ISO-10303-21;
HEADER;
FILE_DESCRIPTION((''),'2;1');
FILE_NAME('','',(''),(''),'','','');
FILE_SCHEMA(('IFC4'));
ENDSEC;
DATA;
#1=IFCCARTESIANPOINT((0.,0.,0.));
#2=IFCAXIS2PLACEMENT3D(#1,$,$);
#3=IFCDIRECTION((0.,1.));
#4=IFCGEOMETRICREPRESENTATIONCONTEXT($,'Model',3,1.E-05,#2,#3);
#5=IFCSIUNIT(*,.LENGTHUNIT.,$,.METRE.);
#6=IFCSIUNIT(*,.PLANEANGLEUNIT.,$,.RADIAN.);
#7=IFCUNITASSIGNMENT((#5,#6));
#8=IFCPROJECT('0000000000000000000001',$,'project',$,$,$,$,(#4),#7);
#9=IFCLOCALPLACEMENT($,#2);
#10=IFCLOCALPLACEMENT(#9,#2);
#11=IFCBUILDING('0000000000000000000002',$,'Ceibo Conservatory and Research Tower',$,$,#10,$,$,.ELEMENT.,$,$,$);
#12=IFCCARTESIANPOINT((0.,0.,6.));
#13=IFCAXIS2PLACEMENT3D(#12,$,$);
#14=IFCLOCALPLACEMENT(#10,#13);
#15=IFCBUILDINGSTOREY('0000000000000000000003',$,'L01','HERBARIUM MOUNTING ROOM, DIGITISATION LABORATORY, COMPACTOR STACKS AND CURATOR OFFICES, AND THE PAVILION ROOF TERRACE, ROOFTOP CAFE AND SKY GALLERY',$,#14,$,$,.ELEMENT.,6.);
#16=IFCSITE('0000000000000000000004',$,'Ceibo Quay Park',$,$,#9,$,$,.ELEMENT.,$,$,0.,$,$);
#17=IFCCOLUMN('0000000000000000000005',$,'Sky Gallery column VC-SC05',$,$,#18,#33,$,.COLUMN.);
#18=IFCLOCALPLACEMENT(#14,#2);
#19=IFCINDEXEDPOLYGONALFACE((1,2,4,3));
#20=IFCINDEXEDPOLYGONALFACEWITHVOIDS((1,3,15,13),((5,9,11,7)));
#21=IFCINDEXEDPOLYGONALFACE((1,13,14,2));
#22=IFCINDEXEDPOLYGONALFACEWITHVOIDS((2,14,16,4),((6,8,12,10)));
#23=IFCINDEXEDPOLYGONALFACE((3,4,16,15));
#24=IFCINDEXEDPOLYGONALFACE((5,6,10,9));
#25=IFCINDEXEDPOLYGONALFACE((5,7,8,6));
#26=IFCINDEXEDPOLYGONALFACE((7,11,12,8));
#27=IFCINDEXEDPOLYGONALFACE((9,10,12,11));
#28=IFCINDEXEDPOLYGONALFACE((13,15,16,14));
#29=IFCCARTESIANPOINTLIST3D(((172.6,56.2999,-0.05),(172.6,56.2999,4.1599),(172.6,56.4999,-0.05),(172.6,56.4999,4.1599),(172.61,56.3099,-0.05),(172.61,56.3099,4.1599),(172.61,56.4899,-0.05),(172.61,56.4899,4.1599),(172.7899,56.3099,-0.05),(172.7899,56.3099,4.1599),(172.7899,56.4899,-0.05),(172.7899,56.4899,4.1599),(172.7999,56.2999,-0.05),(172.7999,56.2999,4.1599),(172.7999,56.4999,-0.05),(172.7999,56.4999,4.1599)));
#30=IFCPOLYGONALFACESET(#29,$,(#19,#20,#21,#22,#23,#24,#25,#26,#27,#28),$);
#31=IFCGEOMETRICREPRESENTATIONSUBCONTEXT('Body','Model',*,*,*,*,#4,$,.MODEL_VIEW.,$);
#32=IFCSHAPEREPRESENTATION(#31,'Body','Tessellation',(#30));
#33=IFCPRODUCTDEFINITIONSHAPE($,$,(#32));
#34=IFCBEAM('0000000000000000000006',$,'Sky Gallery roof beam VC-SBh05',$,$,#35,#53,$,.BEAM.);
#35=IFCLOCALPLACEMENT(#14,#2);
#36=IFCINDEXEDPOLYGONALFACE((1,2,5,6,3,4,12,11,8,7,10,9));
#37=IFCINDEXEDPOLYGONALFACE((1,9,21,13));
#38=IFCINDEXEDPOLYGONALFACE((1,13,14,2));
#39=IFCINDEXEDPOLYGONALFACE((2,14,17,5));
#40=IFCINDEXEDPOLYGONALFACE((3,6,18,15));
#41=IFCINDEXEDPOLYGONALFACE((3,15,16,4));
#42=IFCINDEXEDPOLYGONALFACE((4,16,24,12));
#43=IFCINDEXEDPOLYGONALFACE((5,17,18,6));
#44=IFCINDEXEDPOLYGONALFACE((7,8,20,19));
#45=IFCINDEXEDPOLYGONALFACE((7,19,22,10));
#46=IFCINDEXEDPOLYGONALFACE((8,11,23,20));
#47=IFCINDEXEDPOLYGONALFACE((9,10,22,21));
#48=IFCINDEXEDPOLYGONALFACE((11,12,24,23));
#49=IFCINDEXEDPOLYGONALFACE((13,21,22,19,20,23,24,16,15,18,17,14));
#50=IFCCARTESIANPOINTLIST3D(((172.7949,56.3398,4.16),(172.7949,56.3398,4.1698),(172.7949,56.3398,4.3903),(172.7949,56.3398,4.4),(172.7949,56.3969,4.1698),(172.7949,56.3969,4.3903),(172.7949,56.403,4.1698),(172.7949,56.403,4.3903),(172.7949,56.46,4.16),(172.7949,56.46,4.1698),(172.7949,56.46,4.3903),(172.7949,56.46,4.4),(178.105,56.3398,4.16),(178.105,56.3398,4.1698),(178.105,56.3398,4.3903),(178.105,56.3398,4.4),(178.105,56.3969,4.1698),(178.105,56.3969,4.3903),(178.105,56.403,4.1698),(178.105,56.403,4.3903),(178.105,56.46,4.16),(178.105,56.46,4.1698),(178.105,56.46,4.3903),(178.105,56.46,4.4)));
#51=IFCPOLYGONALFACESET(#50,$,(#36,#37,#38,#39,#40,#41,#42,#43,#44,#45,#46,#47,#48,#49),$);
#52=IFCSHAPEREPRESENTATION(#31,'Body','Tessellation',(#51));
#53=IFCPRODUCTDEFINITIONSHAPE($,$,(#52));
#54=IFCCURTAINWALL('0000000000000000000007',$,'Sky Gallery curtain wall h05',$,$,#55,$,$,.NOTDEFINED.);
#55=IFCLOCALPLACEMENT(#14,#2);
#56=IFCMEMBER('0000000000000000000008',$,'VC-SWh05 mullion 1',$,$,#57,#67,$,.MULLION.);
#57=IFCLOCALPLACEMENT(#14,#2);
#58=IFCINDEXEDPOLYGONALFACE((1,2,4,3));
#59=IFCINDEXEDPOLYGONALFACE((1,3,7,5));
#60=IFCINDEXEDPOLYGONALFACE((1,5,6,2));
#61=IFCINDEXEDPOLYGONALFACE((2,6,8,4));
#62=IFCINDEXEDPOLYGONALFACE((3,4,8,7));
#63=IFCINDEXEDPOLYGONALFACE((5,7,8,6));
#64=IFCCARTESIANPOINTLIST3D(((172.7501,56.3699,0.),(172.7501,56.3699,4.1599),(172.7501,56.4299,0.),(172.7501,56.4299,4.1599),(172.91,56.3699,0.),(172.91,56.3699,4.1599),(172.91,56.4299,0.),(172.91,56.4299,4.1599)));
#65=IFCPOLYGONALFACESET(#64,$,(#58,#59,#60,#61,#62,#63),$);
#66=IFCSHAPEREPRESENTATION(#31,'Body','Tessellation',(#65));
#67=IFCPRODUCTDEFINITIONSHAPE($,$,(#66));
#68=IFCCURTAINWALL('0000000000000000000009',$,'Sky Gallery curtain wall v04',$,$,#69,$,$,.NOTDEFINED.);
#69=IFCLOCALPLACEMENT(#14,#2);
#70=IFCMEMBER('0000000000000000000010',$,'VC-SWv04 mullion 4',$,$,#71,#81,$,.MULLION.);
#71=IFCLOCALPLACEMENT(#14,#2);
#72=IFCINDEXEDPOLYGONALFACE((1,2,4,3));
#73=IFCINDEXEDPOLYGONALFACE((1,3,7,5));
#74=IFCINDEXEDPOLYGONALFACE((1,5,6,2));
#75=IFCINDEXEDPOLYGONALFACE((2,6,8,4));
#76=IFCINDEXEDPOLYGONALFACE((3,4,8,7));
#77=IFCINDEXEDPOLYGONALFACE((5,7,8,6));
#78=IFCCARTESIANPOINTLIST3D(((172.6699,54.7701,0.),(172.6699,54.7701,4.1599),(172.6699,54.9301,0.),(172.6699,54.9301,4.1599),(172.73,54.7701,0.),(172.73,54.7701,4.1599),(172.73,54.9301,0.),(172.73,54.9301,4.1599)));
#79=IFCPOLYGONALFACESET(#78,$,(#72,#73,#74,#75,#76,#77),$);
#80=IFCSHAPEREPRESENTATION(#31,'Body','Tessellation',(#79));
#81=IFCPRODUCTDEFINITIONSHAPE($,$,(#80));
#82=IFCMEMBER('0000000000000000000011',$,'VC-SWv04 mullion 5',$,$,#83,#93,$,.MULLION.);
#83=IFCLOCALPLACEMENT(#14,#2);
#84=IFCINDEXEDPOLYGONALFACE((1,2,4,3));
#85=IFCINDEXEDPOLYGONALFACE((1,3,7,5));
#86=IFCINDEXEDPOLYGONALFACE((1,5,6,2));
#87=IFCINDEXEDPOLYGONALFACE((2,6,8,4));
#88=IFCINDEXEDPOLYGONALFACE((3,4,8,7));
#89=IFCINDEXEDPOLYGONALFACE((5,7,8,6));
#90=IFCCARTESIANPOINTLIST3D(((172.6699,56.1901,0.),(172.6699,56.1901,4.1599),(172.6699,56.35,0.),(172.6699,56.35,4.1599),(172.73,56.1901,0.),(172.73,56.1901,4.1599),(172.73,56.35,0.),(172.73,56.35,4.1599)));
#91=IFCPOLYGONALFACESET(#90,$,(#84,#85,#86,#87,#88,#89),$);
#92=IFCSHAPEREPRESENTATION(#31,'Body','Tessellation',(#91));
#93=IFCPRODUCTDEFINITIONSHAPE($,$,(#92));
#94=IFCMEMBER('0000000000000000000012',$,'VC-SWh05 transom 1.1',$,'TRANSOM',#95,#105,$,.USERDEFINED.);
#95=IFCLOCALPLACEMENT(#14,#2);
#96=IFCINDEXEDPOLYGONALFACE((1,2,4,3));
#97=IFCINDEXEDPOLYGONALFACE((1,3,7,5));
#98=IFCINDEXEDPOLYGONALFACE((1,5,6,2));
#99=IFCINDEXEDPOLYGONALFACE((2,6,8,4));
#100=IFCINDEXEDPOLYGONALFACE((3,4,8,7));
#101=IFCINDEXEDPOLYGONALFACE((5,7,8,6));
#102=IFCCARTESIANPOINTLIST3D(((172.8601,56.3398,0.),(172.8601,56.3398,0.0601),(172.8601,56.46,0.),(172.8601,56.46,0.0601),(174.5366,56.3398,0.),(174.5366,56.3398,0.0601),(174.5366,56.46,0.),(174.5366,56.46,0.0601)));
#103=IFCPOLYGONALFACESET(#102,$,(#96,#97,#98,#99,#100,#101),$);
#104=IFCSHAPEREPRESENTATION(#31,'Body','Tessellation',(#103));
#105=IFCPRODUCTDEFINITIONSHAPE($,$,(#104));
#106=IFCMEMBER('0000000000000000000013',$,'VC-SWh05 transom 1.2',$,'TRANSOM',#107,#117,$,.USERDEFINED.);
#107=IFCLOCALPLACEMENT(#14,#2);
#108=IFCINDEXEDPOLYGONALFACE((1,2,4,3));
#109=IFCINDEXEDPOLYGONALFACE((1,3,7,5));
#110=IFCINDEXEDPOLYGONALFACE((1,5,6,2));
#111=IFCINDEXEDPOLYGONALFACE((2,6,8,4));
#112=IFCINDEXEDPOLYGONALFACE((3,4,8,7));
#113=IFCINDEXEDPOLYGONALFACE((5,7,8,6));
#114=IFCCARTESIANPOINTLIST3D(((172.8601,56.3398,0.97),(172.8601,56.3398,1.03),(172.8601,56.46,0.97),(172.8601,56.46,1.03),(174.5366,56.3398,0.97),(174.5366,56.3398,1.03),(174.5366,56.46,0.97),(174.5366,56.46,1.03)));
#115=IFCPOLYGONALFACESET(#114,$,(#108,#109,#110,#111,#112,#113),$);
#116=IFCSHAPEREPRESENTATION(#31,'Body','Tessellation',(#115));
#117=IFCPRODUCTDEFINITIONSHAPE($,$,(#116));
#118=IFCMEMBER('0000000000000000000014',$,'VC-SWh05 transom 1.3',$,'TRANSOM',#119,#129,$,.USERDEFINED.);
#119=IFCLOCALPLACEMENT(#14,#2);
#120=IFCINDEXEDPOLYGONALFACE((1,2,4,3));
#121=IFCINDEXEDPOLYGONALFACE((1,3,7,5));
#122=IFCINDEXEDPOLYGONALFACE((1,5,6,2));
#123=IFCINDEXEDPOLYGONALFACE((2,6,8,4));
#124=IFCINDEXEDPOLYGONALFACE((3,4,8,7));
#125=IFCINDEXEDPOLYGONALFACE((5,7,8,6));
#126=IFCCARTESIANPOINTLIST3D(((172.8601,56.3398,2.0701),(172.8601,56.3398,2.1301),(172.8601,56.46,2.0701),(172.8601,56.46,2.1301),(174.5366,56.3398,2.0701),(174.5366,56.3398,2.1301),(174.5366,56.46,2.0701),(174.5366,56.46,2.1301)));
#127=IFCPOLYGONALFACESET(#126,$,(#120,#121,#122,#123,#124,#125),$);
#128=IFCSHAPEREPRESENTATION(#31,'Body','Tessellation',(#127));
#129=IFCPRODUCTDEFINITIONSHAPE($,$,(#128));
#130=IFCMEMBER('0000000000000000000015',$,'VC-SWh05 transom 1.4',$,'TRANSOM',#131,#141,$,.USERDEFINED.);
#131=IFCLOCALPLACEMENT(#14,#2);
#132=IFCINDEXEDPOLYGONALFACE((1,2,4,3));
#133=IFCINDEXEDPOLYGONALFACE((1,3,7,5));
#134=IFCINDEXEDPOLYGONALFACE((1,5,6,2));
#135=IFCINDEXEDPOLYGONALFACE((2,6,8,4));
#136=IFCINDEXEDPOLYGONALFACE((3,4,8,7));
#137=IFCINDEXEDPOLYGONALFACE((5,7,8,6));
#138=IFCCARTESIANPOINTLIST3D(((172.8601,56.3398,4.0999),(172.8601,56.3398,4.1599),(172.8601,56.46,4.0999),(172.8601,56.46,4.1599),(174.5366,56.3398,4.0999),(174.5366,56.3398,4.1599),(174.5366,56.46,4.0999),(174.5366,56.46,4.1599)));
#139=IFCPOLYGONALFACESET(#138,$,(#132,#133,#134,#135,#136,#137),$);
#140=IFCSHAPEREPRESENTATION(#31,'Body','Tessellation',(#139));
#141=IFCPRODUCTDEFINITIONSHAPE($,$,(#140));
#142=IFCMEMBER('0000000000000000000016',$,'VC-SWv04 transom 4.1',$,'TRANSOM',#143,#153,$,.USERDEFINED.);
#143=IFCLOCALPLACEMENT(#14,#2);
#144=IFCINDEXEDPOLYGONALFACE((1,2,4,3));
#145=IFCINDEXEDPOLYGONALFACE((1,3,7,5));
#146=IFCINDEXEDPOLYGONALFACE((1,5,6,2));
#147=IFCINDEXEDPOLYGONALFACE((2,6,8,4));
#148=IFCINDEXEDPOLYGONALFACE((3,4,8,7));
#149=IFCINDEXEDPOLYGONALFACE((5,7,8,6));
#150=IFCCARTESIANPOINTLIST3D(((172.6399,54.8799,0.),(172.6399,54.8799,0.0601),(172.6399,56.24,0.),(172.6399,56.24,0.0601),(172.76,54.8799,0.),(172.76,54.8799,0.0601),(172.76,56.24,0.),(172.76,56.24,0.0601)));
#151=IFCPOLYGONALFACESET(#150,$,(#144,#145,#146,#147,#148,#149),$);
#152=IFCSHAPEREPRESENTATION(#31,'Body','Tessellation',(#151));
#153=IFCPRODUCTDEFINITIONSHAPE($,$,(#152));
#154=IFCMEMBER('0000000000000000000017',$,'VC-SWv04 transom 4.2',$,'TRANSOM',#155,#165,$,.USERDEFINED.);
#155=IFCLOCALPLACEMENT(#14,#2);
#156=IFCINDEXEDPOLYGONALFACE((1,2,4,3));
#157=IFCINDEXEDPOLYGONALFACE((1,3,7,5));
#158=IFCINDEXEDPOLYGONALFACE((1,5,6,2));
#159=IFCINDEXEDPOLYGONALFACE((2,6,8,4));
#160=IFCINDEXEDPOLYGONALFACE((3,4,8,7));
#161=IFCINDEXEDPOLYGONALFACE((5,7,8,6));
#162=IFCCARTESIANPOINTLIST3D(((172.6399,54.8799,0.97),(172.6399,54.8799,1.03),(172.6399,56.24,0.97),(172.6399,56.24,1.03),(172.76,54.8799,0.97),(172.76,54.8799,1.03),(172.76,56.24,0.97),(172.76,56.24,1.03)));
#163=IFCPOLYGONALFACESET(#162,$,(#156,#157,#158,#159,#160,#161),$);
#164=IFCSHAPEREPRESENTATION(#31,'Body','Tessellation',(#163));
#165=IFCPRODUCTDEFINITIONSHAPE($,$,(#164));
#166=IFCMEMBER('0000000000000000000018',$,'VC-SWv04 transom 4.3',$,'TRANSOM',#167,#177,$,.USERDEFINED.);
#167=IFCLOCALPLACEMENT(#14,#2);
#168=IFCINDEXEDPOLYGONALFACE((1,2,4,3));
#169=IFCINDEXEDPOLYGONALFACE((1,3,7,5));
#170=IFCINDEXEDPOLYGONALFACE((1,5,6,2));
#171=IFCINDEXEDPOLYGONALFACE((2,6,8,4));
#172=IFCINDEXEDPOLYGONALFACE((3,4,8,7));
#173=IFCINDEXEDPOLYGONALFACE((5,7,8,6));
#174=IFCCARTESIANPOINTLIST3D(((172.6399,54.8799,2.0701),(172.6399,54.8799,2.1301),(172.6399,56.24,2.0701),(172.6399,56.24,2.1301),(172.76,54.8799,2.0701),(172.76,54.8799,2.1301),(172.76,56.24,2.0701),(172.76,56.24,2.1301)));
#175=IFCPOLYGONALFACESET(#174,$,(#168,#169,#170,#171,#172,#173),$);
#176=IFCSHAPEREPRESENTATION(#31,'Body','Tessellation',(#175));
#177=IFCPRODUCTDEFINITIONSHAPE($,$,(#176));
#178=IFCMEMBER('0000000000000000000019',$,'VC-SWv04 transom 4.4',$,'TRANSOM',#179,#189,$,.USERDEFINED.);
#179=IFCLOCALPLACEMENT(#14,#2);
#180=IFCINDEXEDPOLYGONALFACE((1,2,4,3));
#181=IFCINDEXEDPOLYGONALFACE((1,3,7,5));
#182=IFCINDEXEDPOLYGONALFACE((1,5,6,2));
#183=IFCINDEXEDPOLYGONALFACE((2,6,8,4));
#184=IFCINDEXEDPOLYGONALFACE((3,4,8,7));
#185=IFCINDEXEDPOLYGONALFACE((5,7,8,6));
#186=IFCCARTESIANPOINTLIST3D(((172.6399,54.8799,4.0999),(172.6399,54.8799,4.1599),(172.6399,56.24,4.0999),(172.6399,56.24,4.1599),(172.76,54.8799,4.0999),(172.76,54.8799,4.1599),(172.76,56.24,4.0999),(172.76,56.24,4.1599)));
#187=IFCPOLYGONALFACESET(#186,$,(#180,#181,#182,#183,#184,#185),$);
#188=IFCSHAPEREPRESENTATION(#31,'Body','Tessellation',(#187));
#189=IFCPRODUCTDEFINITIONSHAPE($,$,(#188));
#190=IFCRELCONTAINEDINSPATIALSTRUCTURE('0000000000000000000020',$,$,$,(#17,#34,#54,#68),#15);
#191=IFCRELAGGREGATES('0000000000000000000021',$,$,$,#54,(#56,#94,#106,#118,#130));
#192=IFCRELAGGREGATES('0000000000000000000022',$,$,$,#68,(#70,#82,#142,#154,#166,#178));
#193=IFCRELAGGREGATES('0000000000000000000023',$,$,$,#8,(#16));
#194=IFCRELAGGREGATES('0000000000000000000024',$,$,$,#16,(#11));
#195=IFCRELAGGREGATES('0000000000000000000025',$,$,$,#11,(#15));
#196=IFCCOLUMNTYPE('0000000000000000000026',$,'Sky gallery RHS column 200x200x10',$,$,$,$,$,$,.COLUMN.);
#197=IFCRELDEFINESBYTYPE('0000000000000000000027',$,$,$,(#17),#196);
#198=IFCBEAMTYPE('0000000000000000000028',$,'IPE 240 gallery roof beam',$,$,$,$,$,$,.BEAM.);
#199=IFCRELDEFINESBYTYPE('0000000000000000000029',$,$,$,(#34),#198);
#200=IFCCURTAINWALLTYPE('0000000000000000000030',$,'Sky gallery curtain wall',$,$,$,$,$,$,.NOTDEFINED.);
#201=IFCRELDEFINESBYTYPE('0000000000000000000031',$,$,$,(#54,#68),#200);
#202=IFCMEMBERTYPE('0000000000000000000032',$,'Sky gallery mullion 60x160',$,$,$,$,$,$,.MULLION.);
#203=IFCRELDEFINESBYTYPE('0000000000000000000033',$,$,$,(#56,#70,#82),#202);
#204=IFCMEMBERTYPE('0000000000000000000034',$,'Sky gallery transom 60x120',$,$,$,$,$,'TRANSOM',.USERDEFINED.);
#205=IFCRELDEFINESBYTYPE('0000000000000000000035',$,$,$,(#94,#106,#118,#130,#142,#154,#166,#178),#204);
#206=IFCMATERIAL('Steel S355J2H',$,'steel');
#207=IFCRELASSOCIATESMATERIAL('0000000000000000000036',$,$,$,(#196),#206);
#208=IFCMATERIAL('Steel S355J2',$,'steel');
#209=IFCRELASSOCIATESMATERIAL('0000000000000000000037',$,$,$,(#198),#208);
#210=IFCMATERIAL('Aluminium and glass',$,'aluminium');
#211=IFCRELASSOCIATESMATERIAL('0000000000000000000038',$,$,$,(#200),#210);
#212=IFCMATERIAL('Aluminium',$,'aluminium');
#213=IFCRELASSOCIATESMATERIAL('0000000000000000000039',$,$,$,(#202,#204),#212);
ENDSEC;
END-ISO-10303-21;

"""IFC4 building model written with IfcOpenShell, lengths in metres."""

from ifc_helpers import new_model, si_unit, direction, frame, origin, origin_2d, place, context, subcontext, project, spatial, rectangle, hollow_rectangle, i_section, extrude, material, material_profile, profile_set, type_object, element, aggregate, save


model = new_model("IFC4")

# Units and contexts
model_context = context("Model", 3, precision=1e-05, world=origin(), true_north=direction((0.0, 1.0)))
body_context = subcontext(model_context, "Body", "Model", "MODEL_VIEW")
ifc_project = project(units=[si_unit("LENGTHUNIT", "METRE"), si_unit("PLANEANGLEUNIT", "RADIAN")], contexts=[model_context])

# Site, building, storey
site_placement = place(None, origin())
site = spatial("IfcSite", under=ifc_project, at=site_placement, Name="Ceibo Quay Park", CompositionType="ELEMENT", RefElevation=0.0)
building_placement = place(site_placement, origin())
building = spatial("IfcBuilding", under=site, at=building_placement, Name="Ceibo Conservatory and Research Tower", CompositionType="ELEMENT")
storey_placement = place(building_placement, frame((0.0, 0.0, 6.0)))
storey = spatial("IfcBuildingStorey", under=building, at=storey_placement, Name="L01", Description="HERBARIUM MOUNTING ROOM, DIGITISATION LABORATORY, COMPACTOR STACKS AND CURATOR OFFICES, AND THE PAVILION ROOF TERRACE, ROOFTOP CAFE AND SKY GALLERY", CompositionType="ELEMENT", Elevation=6.0)

# Column
ifc_material_1 = material(Name="Steel S355J2H", Category="steel")
ifc_material_profile_1 = material_profile(ifc_material_1, hollow_rectangle(XDim=0.2, YDim=0.2, WallThickness=0.01, at=origin_2d()), Name="Sky gallery RHS column 200x200x10")
ifc_profile_set_1 = profile_set([ifc_material_profile_1], Name="Steel S355J2H")
column_type = type_object("IfcColumnType", Name="Sky gallery RHS column 200x200x10", PredefinedType="COLUMN", material=ifc_profile_set_1)
column_placement = place(storey_placement, frame((172.7, 56.3999, -0.05), z_axis=(0.0, 0.0, 1.0), x_axis=(1.0, 0.0, 0.0)))
element("IfcColumn", 1, at=column_placement, inside=storey, type_object=column_type, Name="Sky Gallery column VC-SC05", PredefinedType="COLUMN", context=body_context, shape_type="SweptSolid", body=[
    extrude(hollow_rectangle(XDim=0.2, YDim=0.2, WallThickness=0.01, at=origin_2d()), origin(), (0.0, 0.0, 1.0), 4.21),
])

# Beam
ifc_material_2 = material(Name="Steel S355J2", Category="steel")
ifc_material_profile_2 = material_profile(ifc_material_2, i_section(OverallWidth=0.1201, OverallDepth=0.24, WebThickness=0.0061, FlangeThickness=0.0098, at=origin_2d()), Name="IPE 240")
ifc_profile_set_2 = profile_set([ifc_material_profile_2], Name="Steel S355J2")
beam_type = type_object("IfcBeamType", Name="IPE 240 gallery roof beam", PredefinedType="BEAM", material=ifc_profile_set_2)
beam_placement = place(storey_placement, frame((172.7949, 56.3999, 4.28), z_axis=(1.0, 0.0, 0.0), x_axis=(0.0, 1.0, 0.0)))
element("IfcBeam", 2, at=beam_placement, inside=storey, type_object=beam_type, Name="Sky Gallery roof beam VC-SBh05", PredefinedType="BEAM", context=body_context, shape_type="SweptSolid", body=[
    extrude(i_section(OverallWidth=0.1201, OverallDepth=0.24, WebThickness=0.0061, FlangeThickness=0.0098, at=origin_2d()), origin(), (0.0, 0.0, 1.0), 5.3101),
])

# Curtain wall, member
ifc_material_3 = material(Name="Aluminium and glass", Category="aluminium")
curtain_wall_type = type_object("IfcCurtainWallType", Name="Sky gallery curtain wall", PredefinedType="NOTDEFINED", material=ifc_material_3)
curtain_wall_1_placement = place(storey_placement, origin())
curtain_wall_1 = element("IfcCurtainWall", 3, at=curtain_wall_1_placement, inside=storey, type_object=curtain_wall_type, Name="Sky Gallery curtain wall h05", PredefinedType="NOTDEFINED")
ifc_material_4 = material(Name="Aluminium", Category="aluminium")
ifc_material_profile_3 = material_profile(ifc_material_4, rectangle(XDim=0.0601, YDim=0.1599, at=origin_2d()), Name="AL 60x160")
ifc_profile_set_3 = profile_set([ifc_material_profile_3], Name="Aluminium")
member_type_1 = type_object("IfcMemberType", Name="Sky gallery mullion 60x160", PredefinedType="MULLION", material=ifc_profile_set_3)
member_1_placement = place(storey_placement, frame((172.8301, 56.3999, 0.0), z_axis=(0.0, 0.0, 1.0), x_axis=(0.0, 1.0, 0.0)))
member_1 = element("IfcMember", 4, at=member_1_placement, type_object=member_type_1, Name="VC-SWh05 mullion 1", PredefinedType="MULLION", context=body_context, shape_type="SweptSolid", body=[
    extrude(rectangle(XDim=0.0601, YDim=0.1599, at=origin_2d()), origin(), (0.0, 0.0, 1.0), 4.1599),
])

# Curtain wall, members
curtain_wall_2_placement = place(storey_placement, origin())
curtain_wall_2 = element("IfcCurtainWall", 5, at=curtain_wall_2_placement, inside=storey, type_object=curtain_wall_type, Name="Sky Gallery curtain wall v04", PredefinedType="NOTDEFINED")
member_2_placement = place(storey_placement, frame((172.7, 54.8501, 0.0), z_axis=(0.0, 0.0, 1.0), x_axis=(-1.0, 0.0, 0.0)))
member_2 = element("IfcMember", 6, at=member_2_placement, type_object=member_type_1, Name="VC-SWv04 mullion 4", PredefinedType="MULLION", context=body_context, shape_type="SweptSolid", body=[
    extrude(rectangle(XDim=0.0601, YDim=0.1599, at=origin_2d()), origin(), (0.0, 0.0, 1.0), 4.1599),
])
member_3_placement = place(storey_placement, frame((172.7, 56.27, 0.0), z_axis=(0.0, 0.0, 1.0), x_axis=(-1.0, 0.0, 0.0)))
member_3 = element("IfcMember", 7, at=member_3_placement, type_object=member_type_1, Name="VC-SWv04 mullion 5", PredefinedType="MULLION", context=body_context, shape_type="SweptSolid", body=[
    extrude(rectangle(XDim=0.0601, YDim=0.1599, at=origin_2d()), origin(), (0.0, 0.0, 1.0), 4.1599),
])

# Members
ifc_material_profile_4 = material_profile(ifc_material_4, rectangle(XDim=0.1201, YDim=0.0601, at=origin_2d()), Name="AL 60x120")
ifc_profile_set_4 = profile_set([ifc_material_profile_4], Name="Aluminium")
member_type_2 = type_object("IfcMemberType", Name="Sky gallery transom 60x120", ElementType="TRANSOM", PredefinedType="USERDEFINED", material=ifc_profile_set_4)
member_4_placement = place(storey_placement, frame((172.8601, 56.3999, 0.03), z_axis=(1.0, 0.0, 0.0), x_axis=(0.0, 1.0, 0.0)))
member_4 = element("IfcMember", 8, at=member_4_placement, type_object=member_type_2, Name="VC-SWh05 transom 1.1", ObjectType="TRANSOM", PredefinedType="USERDEFINED", context=body_context, shape_type="SweptSolid", body=[
    extrude(rectangle(XDim=0.1201, YDim=0.0601, at=origin_2d()), origin(), (0.0, 0.0, 1.0), 1.6765),
])
member_5_placement = place(storey_placement, frame((172.8601, 56.3999, 1.0), z_axis=(1.0, 0.0, 0.0), x_axis=(0.0, 1.0, 0.0)))
member_5 = element("IfcMember", 9, at=member_5_placement, type_object=member_type_2, Name="VC-SWh05 transom 1.2", ObjectType="TRANSOM", PredefinedType="USERDEFINED", context=body_context, shape_type="SweptSolid", body=[
    extrude(rectangle(XDim=0.1201, YDim=0.0601, at=origin_2d()), origin(), (0.0, 0.0, 1.0), 1.6765),
])
member_6_placement = place(storey_placement, frame((172.8601, 56.3999, 2.1001), z_axis=(1.0, 0.0, 0.0), x_axis=(0.0, 1.0, 0.0)))
member_6 = element("IfcMember", 10, at=member_6_placement, type_object=member_type_2, Name="VC-SWh05 transom 1.3", ObjectType="TRANSOM", PredefinedType="USERDEFINED", context=body_context, shape_type="SweptSolid", body=[
    extrude(rectangle(XDim=0.1201, YDim=0.0601, at=origin_2d()), origin(), (0.0, 0.0, 1.0), 1.6765),
])
member_7_placement = place(storey_placement, frame((172.8601, 56.3999, 4.1299), z_axis=(1.0, 0.0, 0.0), x_axis=(0.0, 1.0, 0.0)))
member_7 = element("IfcMember", 11, at=member_7_placement, type_object=member_type_2, Name="VC-SWh05 transom 1.4", ObjectType="TRANSOM", PredefinedType="USERDEFINED", context=body_context, shape_type="SweptSolid", body=[
    extrude(rectangle(XDim=0.1201, YDim=0.0601, at=origin_2d()), origin(), (0.0, 0.0, 1.0), 1.6765),
])
member_8_placement = place(storey_placement, frame((172.7, 54.8799, 0.03), z_axis=(0.0, 1.0, 0.0), x_axis=(-1.0, 0.0, 0.0)))
member_8 = element("IfcMember", 12, at=member_8_placement, type_object=member_type_2, Name="VC-SWv04 transom 4.1", ObjectType="TRANSOM", PredefinedType="USERDEFINED", context=body_context, shape_type="SweptSolid", body=[
    extrude(rectangle(XDim=0.1201, YDim=0.0601, at=origin_2d()), origin(), (0.0, 0.0, 1.0), 1.3601),
])
member_9_placement = place(storey_placement, frame((172.7, 54.8799, 1.0), z_axis=(0.0, 1.0, 0.0), x_axis=(-1.0, 0.0, 0.0)))
member_9 = element("IfcMember", 13, at=member_9_placement, type_object=member_type_2, Name="VC-SWv04 transom 4.2", ObjectType="TRANSOM", PredefinedType="USERDEFINED", context=body_context, shape_type="SweptSolid", body=[
    extrude(rectangle(XDim=0.1201, YDim=0.0601, at=origin_2d()), origin(), (0.0, 0.0, 1.0), 1.3601),
])
member_10_placement = place(storey_placement, frame((172.7, 54.8799, 2.1001), z_axis=(0.0, 1.0, 0.0), x_axis=(-1.0, 0.0, 0.0)))
member_10 = element("IfcMember", 14, at=member_10_placement, type_object=member_type_2, Name="VC-SWv04 transom 4.3", ObjectType="TRANSOM", PredefinedType="USERDEFINED", context=body_context, shape_type="SweptSolid", body=[
    extrude(rectangle(XDim=0.1201, YDim=0.0601, at=origin_2d()), origin(), (0.0, 0.0, 1.0), 1.3601),
])
member_11_placement = place(storey_placement, frame((172.7, 54.8799, 4.1299), z_axis=(0.0, 1.0, 0.0), x_axis=(-1.0, 0.0, 0.0)))
member_11 = element("IfcMember", 15, at=member_11_placement, type_object=member_type_2, Name="VC-SWv04 transom 4.4", ObjectType="TRANSOM", PredefinedType="USERDEFINED", context=body_context, shape_type="SweptSolid", body=[
    extrude(rectangle(XDim=0.1201, YDim=0.0601, at=origin_2d()), origin(), (0.0, 0.0, 1.0), 1.3601),
])

aggregate(curtain_wall_1, [member_1, member_4, member_5, member_6, member_7])
aggregate(curtain_wall_2, [member_2, member_3, member_8, member_9, member_10, member_11])

save(model, "model.ifc")
